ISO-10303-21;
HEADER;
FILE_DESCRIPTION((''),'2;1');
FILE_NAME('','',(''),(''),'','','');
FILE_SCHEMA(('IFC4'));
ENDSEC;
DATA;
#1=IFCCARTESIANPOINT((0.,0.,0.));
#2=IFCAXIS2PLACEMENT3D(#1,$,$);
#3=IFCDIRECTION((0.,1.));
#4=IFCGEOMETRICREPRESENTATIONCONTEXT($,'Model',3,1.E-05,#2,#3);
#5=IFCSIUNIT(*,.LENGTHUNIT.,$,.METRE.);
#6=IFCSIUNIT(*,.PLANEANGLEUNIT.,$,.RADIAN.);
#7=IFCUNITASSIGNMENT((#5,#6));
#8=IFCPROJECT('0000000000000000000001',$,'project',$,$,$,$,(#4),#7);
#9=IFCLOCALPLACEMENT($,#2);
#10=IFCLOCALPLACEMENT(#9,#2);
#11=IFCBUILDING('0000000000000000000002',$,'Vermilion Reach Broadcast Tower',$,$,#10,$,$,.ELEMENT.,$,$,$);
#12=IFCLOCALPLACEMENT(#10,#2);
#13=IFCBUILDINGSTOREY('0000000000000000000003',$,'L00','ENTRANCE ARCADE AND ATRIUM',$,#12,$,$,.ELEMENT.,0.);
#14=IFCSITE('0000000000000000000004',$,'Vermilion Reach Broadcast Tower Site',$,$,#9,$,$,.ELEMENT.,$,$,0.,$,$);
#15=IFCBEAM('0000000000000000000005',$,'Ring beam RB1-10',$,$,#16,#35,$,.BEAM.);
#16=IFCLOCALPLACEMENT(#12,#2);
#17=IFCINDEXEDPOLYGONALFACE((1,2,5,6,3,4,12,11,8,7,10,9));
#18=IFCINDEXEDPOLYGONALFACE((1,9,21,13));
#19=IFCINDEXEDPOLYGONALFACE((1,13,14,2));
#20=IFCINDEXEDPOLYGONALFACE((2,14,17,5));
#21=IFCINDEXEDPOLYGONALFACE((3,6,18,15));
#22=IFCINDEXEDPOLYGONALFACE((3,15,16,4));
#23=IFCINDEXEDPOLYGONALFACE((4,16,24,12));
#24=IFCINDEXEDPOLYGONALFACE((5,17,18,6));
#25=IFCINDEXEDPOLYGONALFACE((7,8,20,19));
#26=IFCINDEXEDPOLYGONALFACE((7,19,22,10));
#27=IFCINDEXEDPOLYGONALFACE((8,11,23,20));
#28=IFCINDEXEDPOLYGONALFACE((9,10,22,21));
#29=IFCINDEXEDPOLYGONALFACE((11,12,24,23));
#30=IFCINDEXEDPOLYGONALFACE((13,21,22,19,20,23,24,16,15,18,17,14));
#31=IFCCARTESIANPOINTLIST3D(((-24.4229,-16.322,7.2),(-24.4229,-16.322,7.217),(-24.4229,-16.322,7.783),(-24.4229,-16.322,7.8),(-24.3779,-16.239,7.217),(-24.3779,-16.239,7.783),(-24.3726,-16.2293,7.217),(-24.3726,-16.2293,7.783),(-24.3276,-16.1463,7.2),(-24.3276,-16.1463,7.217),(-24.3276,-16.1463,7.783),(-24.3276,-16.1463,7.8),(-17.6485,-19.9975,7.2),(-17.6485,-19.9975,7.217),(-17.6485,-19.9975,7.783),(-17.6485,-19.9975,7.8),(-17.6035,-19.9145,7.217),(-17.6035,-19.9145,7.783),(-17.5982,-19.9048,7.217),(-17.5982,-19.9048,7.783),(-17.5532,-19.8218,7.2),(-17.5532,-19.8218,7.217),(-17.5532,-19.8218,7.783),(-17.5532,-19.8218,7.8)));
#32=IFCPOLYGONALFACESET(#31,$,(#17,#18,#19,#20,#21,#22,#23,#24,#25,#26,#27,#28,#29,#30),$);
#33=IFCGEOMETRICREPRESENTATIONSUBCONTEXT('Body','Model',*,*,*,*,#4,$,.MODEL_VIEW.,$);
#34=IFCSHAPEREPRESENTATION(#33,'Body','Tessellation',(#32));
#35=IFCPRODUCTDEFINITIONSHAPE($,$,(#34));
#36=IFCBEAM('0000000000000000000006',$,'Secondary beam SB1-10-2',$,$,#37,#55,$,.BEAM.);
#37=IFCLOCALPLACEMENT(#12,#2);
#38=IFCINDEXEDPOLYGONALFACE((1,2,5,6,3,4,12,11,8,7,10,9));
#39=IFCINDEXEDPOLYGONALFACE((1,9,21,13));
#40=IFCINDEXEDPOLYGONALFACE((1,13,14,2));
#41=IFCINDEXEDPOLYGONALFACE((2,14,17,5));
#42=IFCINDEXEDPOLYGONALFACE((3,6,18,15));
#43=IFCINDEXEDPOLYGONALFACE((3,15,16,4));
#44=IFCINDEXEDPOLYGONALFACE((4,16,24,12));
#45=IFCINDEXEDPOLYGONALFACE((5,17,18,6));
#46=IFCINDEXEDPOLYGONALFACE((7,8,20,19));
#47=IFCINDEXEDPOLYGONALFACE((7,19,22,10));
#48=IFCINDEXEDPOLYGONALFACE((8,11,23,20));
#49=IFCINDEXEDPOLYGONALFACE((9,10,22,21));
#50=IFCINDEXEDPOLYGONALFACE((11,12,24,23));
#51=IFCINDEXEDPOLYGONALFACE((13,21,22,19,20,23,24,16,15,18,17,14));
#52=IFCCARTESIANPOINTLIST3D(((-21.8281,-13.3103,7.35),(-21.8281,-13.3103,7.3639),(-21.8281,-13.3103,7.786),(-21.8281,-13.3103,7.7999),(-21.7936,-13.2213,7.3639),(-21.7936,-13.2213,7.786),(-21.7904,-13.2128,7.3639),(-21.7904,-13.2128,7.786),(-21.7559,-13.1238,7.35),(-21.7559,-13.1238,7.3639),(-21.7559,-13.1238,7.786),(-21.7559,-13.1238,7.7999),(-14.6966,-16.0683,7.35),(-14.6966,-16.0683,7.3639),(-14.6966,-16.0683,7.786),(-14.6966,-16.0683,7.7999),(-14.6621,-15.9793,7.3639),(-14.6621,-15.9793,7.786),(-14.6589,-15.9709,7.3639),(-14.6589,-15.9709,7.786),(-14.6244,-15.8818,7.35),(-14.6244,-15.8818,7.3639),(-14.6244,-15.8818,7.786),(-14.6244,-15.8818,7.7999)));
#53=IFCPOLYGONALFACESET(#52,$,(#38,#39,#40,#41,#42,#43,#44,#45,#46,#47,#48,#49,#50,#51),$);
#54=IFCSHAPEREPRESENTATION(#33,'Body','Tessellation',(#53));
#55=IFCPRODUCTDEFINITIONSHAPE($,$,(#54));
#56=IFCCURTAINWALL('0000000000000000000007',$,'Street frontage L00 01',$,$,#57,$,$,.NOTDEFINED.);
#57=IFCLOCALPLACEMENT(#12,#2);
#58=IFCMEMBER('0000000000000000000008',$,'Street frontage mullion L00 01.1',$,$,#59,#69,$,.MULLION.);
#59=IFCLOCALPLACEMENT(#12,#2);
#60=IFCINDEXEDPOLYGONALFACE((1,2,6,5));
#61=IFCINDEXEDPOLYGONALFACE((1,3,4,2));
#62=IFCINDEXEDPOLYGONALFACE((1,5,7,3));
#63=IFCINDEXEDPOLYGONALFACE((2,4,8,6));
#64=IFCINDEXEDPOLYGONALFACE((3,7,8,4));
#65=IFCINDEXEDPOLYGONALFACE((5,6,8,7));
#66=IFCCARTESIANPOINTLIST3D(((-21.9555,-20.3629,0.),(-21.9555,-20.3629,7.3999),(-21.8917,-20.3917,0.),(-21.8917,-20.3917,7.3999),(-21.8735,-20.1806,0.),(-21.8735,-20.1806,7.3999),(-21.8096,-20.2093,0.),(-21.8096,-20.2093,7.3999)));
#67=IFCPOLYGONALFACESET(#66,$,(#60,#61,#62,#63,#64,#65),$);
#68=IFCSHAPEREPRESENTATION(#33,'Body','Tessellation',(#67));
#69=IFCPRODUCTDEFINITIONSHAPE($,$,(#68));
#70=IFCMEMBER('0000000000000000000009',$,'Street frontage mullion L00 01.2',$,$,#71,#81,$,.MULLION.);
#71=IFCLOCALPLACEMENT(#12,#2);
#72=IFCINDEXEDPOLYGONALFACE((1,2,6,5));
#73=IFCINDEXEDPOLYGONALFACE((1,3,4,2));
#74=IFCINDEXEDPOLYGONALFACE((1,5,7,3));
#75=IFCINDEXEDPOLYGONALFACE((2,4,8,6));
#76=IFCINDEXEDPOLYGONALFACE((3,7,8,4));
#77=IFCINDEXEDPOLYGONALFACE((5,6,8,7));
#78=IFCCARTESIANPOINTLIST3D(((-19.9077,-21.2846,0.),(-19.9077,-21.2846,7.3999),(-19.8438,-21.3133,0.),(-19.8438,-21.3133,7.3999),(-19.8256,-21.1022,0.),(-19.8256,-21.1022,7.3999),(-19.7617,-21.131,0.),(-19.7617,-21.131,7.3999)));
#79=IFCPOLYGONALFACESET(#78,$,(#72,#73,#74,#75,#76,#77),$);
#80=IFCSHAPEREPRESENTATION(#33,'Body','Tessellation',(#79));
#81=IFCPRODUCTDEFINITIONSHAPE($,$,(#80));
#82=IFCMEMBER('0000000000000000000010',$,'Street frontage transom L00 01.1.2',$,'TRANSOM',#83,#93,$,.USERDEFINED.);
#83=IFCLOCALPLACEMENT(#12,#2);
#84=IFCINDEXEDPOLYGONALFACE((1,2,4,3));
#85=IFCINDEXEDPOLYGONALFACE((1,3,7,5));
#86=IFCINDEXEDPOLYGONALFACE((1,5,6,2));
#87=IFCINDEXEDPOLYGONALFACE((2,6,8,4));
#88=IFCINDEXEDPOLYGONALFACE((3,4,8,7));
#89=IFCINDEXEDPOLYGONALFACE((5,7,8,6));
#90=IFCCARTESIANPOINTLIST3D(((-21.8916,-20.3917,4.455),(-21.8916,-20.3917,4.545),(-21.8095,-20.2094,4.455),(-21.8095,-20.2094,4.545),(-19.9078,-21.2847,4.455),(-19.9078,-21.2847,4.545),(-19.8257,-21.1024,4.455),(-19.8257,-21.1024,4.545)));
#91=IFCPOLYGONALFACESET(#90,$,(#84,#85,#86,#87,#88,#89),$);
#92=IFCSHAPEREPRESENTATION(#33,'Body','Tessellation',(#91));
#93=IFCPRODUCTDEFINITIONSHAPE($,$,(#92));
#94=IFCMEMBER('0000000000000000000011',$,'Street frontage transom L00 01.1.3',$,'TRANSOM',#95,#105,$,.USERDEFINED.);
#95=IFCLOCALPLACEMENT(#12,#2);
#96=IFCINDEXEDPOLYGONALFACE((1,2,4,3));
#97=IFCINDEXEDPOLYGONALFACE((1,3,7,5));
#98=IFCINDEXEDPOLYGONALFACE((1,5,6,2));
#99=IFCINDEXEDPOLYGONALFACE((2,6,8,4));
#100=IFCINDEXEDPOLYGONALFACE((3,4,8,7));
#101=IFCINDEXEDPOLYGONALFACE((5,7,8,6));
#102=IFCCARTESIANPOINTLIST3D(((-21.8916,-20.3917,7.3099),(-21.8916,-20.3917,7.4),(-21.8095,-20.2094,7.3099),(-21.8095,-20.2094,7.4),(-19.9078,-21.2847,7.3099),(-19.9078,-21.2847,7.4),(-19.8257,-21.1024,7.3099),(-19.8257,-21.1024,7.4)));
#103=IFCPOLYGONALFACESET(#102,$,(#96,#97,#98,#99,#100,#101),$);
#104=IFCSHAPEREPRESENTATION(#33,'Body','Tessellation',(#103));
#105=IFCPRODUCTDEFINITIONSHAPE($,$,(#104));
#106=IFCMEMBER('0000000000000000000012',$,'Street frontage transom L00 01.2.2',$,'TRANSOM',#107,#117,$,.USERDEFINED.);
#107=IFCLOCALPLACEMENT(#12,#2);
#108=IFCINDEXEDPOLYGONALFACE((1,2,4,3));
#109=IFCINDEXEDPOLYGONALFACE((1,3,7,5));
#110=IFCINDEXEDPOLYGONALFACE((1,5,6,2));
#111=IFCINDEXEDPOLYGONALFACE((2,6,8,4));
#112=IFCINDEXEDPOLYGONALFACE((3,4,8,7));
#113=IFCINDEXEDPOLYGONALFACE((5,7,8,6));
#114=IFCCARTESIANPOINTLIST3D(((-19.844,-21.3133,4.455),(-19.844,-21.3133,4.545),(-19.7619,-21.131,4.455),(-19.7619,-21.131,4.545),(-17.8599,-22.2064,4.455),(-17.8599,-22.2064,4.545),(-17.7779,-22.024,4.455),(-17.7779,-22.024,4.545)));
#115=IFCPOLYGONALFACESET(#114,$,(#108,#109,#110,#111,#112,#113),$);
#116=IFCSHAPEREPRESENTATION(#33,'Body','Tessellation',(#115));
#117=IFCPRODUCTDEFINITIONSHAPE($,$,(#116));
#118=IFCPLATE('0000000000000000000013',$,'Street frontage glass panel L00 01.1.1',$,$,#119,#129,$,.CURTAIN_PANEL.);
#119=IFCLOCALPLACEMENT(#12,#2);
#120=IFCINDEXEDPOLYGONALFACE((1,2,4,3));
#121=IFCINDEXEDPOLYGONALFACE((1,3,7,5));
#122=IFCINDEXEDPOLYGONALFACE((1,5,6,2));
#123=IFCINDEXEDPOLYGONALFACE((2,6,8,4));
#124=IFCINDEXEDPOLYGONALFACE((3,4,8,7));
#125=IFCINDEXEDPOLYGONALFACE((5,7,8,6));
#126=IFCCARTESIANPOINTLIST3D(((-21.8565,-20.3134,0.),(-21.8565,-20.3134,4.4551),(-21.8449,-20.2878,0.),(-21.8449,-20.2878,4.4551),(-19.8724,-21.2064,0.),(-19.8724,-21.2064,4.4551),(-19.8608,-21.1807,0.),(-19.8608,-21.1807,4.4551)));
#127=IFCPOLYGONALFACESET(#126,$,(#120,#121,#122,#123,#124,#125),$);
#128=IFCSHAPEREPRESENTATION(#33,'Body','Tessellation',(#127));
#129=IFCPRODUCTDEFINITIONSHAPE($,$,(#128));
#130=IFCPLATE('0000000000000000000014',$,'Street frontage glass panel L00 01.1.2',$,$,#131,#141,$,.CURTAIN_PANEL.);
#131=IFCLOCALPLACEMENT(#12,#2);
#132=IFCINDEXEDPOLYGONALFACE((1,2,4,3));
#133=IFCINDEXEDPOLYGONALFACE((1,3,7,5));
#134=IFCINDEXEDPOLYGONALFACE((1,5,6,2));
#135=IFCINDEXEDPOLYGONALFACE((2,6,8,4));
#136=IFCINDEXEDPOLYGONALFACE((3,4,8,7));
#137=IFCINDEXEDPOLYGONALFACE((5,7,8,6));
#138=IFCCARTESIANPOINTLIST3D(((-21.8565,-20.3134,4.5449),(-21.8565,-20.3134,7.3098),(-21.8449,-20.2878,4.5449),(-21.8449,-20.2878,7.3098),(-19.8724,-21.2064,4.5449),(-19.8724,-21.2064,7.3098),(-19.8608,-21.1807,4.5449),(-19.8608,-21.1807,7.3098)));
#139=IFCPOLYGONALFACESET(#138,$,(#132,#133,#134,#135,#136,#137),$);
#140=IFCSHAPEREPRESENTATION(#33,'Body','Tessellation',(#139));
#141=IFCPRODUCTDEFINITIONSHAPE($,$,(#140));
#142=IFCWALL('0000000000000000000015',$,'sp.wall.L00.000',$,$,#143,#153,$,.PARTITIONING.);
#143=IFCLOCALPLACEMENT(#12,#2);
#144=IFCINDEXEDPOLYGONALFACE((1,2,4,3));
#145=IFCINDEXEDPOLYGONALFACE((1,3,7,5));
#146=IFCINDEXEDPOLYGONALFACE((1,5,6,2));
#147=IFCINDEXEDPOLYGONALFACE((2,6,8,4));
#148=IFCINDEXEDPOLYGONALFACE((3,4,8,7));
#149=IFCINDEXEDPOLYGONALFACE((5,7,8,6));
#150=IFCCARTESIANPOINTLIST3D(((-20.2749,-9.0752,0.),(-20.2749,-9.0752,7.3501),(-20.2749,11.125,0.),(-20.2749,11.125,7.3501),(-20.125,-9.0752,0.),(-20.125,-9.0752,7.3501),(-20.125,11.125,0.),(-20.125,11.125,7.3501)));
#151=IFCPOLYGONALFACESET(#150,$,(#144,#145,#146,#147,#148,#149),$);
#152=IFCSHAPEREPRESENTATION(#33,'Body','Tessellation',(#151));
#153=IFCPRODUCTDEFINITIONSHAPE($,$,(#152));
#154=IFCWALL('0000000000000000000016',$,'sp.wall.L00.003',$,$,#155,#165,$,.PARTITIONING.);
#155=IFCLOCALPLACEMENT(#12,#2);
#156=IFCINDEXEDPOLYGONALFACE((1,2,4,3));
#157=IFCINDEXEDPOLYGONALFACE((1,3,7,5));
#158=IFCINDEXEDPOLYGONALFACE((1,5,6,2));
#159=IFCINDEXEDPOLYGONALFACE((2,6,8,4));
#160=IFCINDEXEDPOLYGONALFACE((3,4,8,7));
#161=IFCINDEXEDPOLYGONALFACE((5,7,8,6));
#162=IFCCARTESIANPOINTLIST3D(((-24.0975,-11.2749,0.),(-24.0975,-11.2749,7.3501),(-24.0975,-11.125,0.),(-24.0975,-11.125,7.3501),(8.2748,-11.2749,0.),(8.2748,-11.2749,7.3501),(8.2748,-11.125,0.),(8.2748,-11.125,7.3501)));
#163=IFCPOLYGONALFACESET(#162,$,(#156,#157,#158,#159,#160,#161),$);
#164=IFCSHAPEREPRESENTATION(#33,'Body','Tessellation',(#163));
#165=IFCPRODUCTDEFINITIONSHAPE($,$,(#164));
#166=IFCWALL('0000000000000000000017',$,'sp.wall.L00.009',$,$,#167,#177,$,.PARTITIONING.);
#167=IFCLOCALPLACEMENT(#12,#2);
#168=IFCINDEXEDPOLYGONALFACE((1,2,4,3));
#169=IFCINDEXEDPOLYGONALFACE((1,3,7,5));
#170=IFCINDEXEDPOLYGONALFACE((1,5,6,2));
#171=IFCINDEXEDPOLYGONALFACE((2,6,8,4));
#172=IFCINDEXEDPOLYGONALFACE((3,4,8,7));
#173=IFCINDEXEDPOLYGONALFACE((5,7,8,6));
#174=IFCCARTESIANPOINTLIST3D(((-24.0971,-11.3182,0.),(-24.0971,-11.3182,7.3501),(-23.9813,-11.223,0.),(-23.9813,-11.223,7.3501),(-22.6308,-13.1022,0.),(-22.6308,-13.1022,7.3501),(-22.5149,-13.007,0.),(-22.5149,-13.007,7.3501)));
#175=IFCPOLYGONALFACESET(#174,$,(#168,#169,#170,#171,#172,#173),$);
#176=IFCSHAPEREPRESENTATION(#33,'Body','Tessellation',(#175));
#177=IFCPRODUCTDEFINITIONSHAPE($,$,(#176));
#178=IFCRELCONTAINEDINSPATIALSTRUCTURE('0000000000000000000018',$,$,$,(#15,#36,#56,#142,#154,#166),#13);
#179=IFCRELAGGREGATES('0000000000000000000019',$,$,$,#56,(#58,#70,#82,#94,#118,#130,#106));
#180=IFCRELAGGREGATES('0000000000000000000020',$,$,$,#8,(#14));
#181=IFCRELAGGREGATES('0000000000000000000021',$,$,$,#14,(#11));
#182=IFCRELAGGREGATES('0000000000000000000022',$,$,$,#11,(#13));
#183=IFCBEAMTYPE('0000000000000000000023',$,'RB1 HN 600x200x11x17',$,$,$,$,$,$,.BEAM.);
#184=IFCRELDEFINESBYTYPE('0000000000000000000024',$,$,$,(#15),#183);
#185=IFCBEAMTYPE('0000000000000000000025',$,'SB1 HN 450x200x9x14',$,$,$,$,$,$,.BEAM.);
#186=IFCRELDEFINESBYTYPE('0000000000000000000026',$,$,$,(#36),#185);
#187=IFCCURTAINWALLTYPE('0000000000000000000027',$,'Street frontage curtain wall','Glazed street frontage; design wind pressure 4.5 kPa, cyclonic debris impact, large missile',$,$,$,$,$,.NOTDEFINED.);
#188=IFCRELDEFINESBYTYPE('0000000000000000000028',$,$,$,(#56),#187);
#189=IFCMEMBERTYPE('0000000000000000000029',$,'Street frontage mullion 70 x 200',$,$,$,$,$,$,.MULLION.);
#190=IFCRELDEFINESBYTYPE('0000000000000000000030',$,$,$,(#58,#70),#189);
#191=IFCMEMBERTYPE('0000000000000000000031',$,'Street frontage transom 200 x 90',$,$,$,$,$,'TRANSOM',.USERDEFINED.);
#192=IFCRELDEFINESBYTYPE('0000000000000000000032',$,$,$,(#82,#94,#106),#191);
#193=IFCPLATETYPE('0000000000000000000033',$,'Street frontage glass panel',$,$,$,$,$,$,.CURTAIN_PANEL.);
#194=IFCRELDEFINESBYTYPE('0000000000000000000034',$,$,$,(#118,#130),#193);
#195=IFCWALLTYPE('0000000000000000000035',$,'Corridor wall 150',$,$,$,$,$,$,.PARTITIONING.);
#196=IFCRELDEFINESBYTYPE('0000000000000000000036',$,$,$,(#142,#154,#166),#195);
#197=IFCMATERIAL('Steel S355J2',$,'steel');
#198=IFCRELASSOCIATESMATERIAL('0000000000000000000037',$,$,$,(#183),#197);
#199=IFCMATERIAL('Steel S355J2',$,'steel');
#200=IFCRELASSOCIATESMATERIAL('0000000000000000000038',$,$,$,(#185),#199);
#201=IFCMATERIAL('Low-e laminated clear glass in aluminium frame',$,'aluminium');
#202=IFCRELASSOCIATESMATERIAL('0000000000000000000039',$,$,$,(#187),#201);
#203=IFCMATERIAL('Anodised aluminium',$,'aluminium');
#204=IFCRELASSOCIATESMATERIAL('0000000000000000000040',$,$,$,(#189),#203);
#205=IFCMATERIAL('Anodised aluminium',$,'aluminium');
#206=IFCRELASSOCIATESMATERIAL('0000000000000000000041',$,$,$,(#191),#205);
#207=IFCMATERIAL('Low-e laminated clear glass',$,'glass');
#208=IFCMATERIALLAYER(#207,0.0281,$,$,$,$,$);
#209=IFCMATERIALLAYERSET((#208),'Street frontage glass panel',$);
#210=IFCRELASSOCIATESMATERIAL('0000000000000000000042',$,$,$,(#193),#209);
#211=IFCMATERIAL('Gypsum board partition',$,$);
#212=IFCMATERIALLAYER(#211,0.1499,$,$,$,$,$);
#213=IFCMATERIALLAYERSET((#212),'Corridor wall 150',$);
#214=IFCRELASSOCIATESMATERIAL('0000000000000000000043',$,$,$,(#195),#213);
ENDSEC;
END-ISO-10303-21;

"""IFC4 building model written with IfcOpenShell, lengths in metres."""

from ifc_helpers import new_model, si_unit, direction, frame, frame_2d, origin, origin_2d, place, context, subcontext, project, spatial, rectangle, i_section, extrude, material, layer, layer_set, material_profile, profile_set, type_object, element, aggregate, save


model = new_model("IFC4")

# Units and contexts
model_context = context("Model", 3, precision=1e-05, world=origin(), true_north=direction((0.0, 1.0)))
body_context = subcontext(model_context, "Body", "Model", "MODEL_VIEW")
ifc_project = project(units=[si_unit("LENGTHUNIT", "METRE"), si_unit("PLANEANGLEUNIT", "RADIAN")], contexts=[model_context])

# Site, building, storey
site_placement = place(None, origin())
site = spatial("IfcSite", under=ifc_project, at=site_placement, Name="Vermilion Reach Broadcast Tower Site", CompositionType="ELEMENT", RefElevation=0.0)
building_placement = place(site_placement, origin())
building = spatial("IfcBuilding", under=site, at=building_placement, Name="Vermilion Reach Broadcast Tower", CompositionType="ELEMENT")
storey_placement = place(building_placement, origin())
storey = spatial("IfcBuildingStorey", under=building, at=storey_placement, Name="L00", Description="ENTRANCE ARCADE AND ATRIUM", CompositionType="ELEMENT", Elevation=0.0)

# Beams
ifc_material_1 = material(Name="Steel S355J2", Category="steel")
ifc_material_profile_1 = material_profile(ifc_material_1, i_section(OverallWidth=0.2, OverallDepth=0.6001, WebThickness=0.011, FlangeThickness=0.0171, at=origin_2d()), Name="S355J2 HN 600x200x11x17")
ifc_profile_set_1 = profile_set([ifc_material_profile_1], Name="Steel S355J2")
beam_type_1 = type_object("IfcBeamType", Name="RB1 HN 600x200x11x17", PredefinedType="BEAM", material=ifc_profile_set_1)
beam_1_placement = place(storey_placement, frame((-24.3752, -16.2341, 7.5), z_axis=(0.878962, -0.476891, 0.0), x_axis=(0.476891, 0.878962, 0.0)))
element("IfcBeam", 1, at=beam_1_placement, inside=storey, type_object=beam_type_1, Name="Ring beam RB1-10", PredefinedType="BEAM", context=body_context, shape_type="SweptSolid", body=[
    extrude(i_section(OverallWidth=0.2, OverallDepth=0.6001, WebThickness=0.011, FlangeThickness=0.0171, at=origin_2d()), origin(), (0.0, 0.0, 1.0), 7.7073),
])
ifc_material_2 = material(Name="Steel S355J2", Category="steel")
ifc_material_profile_2 = material_profile(ifc_material_2, i_section(OverallWidth=0.2, OverallDepth=0.45, WebThickness=0.009, FlangeThickness=0.0139, at=origin_2d()), Name="S355J2 HN 450x200x9x14")
ifc_profile_set_2 = profile_set([ifc_material_profile_2], Name="Steel S355J2")
beam_type_2 = type_object("IfcBeamType", Name="SB1 HN 450x200x9x14", PredefinedType="BEAM", material=ifc_profile_set_2)
beam_2_placement = place(storey_placement, frame((-21.792, -13.217, 7.575), z_axis=(0.932681, -0.360703, 0.0), x_axis=(0.360703, 0.932681, 0.0)))
element("IfcBeam", 2, at=beam_2_placement, inside=storey, type_object=beam_type_2, Name="Secondary beam SB1-10-2", PredefinedType="BEAM", context=body_context, shape_type="SweptSolid", body=[
    extrude(i_section(OverallWidth=0.2, OverallDepth=0.45, WebThickness=0.009, FlangeThickness=0.0139, at=origin_2d()), origin(), (0.0, 0.0, 1.0), 7.6462),
])

# Curtain wall, members, plates
ifc_material_3 = material(Name="Low-e laminated clear glass in aluminium frame", Category="aluminium")
curtain_wall_type = type_object("IfcCurtainWallType", Name="Street frontage curtain wall", Description="Glazed street frontage; design wind pressure 4.5 kPa, cyclonic debris impact, large missile", PredefinedType="NOTDEFINED", material=ifc_material_3)
curtain_wall_placement = place(storey_placement, origin())
curtain_wall = element("IfcCurtainWall", 3, at=curtain_wall_placement, inside=storey, type_object=curtain_wall_type, Name="Street frontage L00 01", PredefinedType="NOTDEFINED")
ifc_material_4 = material(Name="Anodised aluminium", Category="aluminium")
ifc_material_profile_3 = material_profile(ifc_material_4, rectangle(XDim=0.2, YDim=0.0701, at=origin_2d()), Name="Street frontage mullion 70 x 200")
ifc_profile_set_3 = profile_set([ifc_material_profile_3], Name="Anodised aluminium")
member_type_1 = type_object("IfcMemberType", Name="Street frontage mullion 70 x 200", PredefinedType="MULLION", material=ifc_profile_set_3)
member_1_placement = place(storey_placement, frame((-21.8826, -20.2861, 0.0), z_axis=(0.0, 0.0, 1.0), x_axis=(0.410408, 0.911902, 0.0)))
member_1 = element("IfcMember", 4, at=member_1_placement, type_object=member_type_1, Name="Street frontage mullion L00 01.1", PredefinedType="MULLION", context=body_context, shape_type="SweptSolid", body=[
    extrude(rectangle(XDim=0.2, YDim=0.0701, at=origin_2d()), origin(), (0.0, 0.0, 1.0), 7.3999),
])
member_2_placement = place(storey_placement, frame((-19.8347, -21.2078, 0.0), z_axis=(0.0, 0.0, 1.0), x_axis=(0.410408, 0.911902, 0.0)))
member_2 = element("IfcMember", 5, at=member_2_placement, type_object=member_type_1, Name="Street frontage mullion L00 01.2", PredefinedType="MULLION", context=body_context, shape_type="SweptSolid", body=[
    extrude(rectangle(XDim=0.2, YDim=0.0701, at=origin_2d()), origin(), (0.0, 0.0, 1.0), 7.3999),
])
ifc_material_5 = material(Name="Anodised aluminium", Category="aluminium")
ifc_material_profile_4 = material_profile(ifc_material_5, rectangle(XDim=0.2, YDim=0.0901, at=origin_2d()), Name="Street frontage transom 200 x 90")
ifc_profile_set_4 = profile_set([ifc_material_profile_4], Name="Anodised aluminium")
member_type_2 = type_object("IfcMemberType", Name="Street frontage transom 200 x 90", ElementType="TRANSOM", PredefinedType="USERDEFINED", material=ifc_profile_set_4)
member_3_placement = place(storey_placement, frame((-21.8506, -20.3005, 4.5), z_axis=(0.911867, -0.410486, 0.0), x_axis=(0.410486, 0.911867, 0.0)))
member_3 = element("IfcMember", 6, at=member_3_placement, type_object=member_type_2, Name="Street frontage transom L00 01.1.2", ObjectType="TRANSOM", PredefinedType="USERDEFINED", context=body_context, shape_type="SweptSolid", body=[
    extrude(rectangle(XDim=0.2, YDim=0.0901, at=origin_2d()), origin(), (0.0, 0.0, 1.0), 2.1755),
])
member_4_placement = place(storey_placement, frame((-21.8506, -20.3005, 7.355), z_axis=(0.911867, -0.410486, 0.0), x_axis=(0.410486, 0.911867, 0.0)))
member_4 = element("IfcMember", 7, at=member_4_placement, type_object=member_type_2, Name="Street frontage transom L00 01.1.3", ObjectType="TRANSOM", PredefinedType="USERDEFINED", context=body_context, shape_type="SweptSolid", body=[
    extrude(rectangle(XDim=0.2, YDim=0.0901, at=origin_2d()), origin(), (0.0, 0.0, 1.0), 2.1755),
])
member_5_placement = place(storey_placement, frame((-19.803, -21.2222, 4.5), z_axis=(0.911886, -0.410444, 0.0), x_axis=(0.410444, 0.911886, 0.0)))
member_5 = element("IfcMember", 8, at=member_5_placement, type_object=member_type_2, Name="Street frontage transom L00 01.2.2", ObjectType="TRANSOM", PredefinedType="USERDEFINED", context=body_context, shape_type="SweptSolid", body=[
    extrude(rectangle(XDim=0.2, YDim=0.0901, at=origin_2d()), origin(), (0.0, 0.0, 1.0), 2.1758),
])
ifc_material_6 = material(Name="Low-e laminated clear glass", Category="glass")
ifc_layer_1 = layer(ifc_material_6, 0.0281)
ifc_layer_set_1 = layer_set([ifc_layer_1], Name="Street frontage glass panel")
plate_type = type_object("IfcPlateType", Name="Street frontage glass panel", PredefinedType="CURTAIN_PANEL", material=ifc_layer_set_1)
plate_1_placement = place(storey_placement, frame((-20.8586, -20.7471, 0.0), z_axis=(0.0, 0.0, 1.0), x_axis=(0.911902, -0.410408, 0.0)))
plate_1 = element("IfcPlate", 9, at=plate_1_placement, type_object=plate_type, Name="Street frontage glass panel L00 01.1.1", PredefinedType="CURTAIN_PANEL", context=body_context, shape_type="SweptSolid", body=[
    extrude(rectangle(XDim=2.1758, YDim=0.0281, at=origin_2d()), origin(), (0.0, 0.0, 1.0), 4.4551),
])
plate_2_placement = place(storey_placement, frame((-20.8586, -20.7471, 4.5449), z_axis=(0.0, 0.0, 1.0), x_axis=(0.911902, -0.410408, 0.0)))
plate_2 = element("IfcPlate", 10, at=plate_2_placement, type_object=plate_type, Name="Street frontage glass panel L00 01.1.2", PredefinedType="CURTAIN_PANEL", context=body_context, shape_type="SweptSolid", body=[
    extrude(rectangle(XDim=2.1758, YDim=0.0281, at=origin_2d()), origin(), (0.0, 0.0, 1.0), 2.7649),
])
aggregate(curtain_wall, [member_1, member_2, member_3, member_4, plate_1, plate_2, member_5])

# Walls
ifc_material_7 = material(Name="Gypsum board partition")
ifc_layer_2 = layer(ifc_material_7, 0.1499)
ifc_layer_set_2 = layer_set([ifc_layer_2], Name="Corridor wall 150")
wall_type_1 = type_object("IfcWallType", Name="Corridor wall 150", PredefinedType="PARTITIONING", material=ifc_layer_set_2)
wall_1_placement = place(storey_placement, frame((-20.2, -9.0752, 0.0), z_axis=(0.0, 0.0, 1.0), x_axis=(0.0, 1.0, 0.0)))
element("IfcWall", 11, at=wall_1_placement, inside=storey, type_object=wall_type_1, Name="sp.wall.L00.000", PredefinedType="PARTITIONING", context=body_context, shape_type="SweptSolid", body=[
    extrude(rectangle(XDim=20.2002, YDim=0.1499, at=frame_2d((10.1001, 0.0))), origin(), (0.0, 0.0, 1.0), 7.3501),
])
wall_2_placement = place(storey_placement, frame((-24.0974, -11.2, 0.0), z_axis=(0.0, 0.0, 1.0), x_axis=(1.0, 0.0, 0.0)))
element("IfcWall", 12, at=wall_2_placement, inside=storey, type_object=wall_type_1, Name="sp.wall.L00.003", PredefinedType="PARTITIONING", context=body_context, shape_type="SweptSolid", body=[
    extrude(rectangle(XDim=32.3723, YDim=0.1499, at=frame_2d((16.186, 0.0))), origin(), (0.0, 0.0, 1.0), 7.3501),
])
wall_3_placement = place(storey_placement, frame((-24.0393, -11.2705, 0.0), z_axis=(0.0, 0.0, 1.0), x_axis=(0.634981, -0.772528, 0.0)))
element("IfcWall", 13, at=wall_3_placement, inside=storey, type_object=wall_type_1, Name="sp.wall.L00.009", PredefinedType="PARTITIONING", context=body_context, shape_type="SweptSolid", body=[
    extrude(rectangle(XDim=2.3093, YDim=0.1499, at=frame_2d((1.1548, 0.0))), origin(), (0.0, 0.0, 1.0), 7.3501),
])

save(model, "model.ifc")
